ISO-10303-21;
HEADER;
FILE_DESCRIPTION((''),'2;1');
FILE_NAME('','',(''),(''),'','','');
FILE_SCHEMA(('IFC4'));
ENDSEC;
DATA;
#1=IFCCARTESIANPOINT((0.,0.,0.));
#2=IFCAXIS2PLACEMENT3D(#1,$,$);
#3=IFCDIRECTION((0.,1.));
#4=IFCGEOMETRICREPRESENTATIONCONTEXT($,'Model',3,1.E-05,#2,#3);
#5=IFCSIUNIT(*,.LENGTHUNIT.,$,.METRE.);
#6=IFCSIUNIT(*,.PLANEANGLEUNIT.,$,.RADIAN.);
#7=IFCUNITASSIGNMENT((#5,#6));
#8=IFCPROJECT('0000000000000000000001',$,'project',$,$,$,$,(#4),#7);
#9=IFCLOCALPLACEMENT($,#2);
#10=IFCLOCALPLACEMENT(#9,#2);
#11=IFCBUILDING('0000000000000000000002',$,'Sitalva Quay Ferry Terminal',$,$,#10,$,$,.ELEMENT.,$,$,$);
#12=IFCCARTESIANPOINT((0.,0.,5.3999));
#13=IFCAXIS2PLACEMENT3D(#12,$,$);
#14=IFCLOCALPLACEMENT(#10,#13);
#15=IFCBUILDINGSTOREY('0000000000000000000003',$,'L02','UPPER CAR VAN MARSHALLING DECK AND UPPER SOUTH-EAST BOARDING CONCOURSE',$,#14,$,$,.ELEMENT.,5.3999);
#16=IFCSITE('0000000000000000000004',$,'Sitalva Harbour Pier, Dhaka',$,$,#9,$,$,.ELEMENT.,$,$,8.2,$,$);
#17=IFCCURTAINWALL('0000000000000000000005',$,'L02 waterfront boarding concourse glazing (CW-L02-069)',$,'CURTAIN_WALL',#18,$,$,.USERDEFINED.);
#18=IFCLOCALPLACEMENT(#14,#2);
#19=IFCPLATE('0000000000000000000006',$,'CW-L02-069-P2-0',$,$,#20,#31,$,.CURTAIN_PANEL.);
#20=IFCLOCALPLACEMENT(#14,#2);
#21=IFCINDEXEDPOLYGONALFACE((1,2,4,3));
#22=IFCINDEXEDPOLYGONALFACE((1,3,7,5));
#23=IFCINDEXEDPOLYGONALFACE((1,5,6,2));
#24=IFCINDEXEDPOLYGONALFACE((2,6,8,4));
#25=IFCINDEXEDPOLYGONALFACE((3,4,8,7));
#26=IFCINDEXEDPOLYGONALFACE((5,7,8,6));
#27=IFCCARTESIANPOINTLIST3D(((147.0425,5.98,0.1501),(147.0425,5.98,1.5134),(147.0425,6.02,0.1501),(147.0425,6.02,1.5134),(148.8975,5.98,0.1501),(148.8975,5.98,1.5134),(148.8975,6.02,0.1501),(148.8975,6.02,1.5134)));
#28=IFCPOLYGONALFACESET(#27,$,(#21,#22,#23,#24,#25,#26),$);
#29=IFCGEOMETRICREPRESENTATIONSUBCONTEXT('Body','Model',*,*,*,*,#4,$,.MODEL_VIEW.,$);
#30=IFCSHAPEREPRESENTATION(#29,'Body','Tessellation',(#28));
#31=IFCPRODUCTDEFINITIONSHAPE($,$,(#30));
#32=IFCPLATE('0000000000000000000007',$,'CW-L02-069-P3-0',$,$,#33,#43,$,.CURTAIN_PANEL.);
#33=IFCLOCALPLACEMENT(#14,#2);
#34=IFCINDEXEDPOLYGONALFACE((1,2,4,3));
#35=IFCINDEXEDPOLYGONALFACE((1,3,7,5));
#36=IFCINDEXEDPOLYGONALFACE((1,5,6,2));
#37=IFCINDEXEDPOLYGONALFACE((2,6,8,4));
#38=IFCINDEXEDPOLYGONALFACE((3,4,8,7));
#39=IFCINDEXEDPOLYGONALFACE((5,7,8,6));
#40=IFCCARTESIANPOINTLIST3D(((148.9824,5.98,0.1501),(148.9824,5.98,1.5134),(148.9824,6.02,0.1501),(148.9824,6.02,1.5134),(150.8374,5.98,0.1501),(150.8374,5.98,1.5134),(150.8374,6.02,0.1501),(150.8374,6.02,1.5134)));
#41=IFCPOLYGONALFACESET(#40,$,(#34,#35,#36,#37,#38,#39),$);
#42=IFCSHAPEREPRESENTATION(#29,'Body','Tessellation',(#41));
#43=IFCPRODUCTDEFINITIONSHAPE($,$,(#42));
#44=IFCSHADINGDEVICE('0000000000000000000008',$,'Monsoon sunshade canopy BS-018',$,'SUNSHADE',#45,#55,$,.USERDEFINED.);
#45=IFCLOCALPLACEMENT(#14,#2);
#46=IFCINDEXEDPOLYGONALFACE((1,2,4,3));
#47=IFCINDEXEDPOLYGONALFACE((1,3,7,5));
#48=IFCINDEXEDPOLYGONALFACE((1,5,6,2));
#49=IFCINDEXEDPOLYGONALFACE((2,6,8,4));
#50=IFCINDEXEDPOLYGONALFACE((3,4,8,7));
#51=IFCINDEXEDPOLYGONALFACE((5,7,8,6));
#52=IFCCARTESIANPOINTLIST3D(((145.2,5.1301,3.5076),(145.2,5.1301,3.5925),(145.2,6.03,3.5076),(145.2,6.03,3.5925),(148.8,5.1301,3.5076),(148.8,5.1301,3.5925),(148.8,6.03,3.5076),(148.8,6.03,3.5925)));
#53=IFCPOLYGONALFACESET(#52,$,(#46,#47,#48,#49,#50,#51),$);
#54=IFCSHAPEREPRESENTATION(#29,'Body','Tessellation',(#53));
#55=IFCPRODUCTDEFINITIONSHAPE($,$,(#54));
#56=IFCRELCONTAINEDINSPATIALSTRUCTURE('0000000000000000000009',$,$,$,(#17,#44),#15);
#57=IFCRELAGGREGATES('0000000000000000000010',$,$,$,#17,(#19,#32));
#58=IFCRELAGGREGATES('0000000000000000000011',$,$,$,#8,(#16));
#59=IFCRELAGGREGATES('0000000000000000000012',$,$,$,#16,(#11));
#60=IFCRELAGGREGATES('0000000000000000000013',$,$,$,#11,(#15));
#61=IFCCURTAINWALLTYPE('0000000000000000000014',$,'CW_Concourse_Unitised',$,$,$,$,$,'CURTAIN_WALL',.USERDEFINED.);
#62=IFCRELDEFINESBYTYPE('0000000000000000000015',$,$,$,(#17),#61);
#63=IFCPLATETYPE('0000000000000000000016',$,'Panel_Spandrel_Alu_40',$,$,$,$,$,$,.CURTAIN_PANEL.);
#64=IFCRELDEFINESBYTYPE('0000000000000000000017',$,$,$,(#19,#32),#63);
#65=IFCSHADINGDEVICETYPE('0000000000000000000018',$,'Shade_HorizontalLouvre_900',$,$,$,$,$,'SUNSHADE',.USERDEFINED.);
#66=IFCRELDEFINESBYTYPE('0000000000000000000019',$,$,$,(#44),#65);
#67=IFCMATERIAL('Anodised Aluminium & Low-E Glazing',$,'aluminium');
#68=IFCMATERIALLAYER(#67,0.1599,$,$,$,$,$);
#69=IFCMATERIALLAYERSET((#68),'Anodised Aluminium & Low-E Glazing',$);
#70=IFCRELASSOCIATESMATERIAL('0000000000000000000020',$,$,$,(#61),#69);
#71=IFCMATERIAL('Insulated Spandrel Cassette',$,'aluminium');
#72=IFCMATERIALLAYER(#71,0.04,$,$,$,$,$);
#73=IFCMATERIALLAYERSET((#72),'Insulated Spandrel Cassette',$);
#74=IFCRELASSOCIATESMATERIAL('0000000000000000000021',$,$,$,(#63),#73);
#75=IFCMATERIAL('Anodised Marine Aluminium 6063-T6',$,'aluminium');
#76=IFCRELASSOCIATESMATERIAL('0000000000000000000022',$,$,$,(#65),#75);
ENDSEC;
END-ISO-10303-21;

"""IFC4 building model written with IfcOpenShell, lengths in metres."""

from ifc_helpers import new_model, si_unit, direction, frame, origin, origin_2d, place, context, subcontext, project, spatial, rectangle, extrude, material, layer, layer_set, type_object, element, aggregate, save


model = new_model("IFC4")

# Units and contexts
model_context = context("Model", 3, precision=1e-05, world=origin(), true_north=direction((0.0, 1.0)))
body_context = subcontext(model_context, "Body", "Model", "MODEL_VIEW")
ifc_project = project(units=[si_unit("LENGTHUNIT", "METRE"), si_unit("PLANEANGLEUNIT", "RADIAN")], contexts=[model_context])

# Site, building, storey
site_placement = place(None, origin())
site = spatial("IfcSite", under=ifc_project, at=site_placement, Name="Sitalva Harbour Pier, Dhaka", CompositionType="ELEMENT", RefElevation=8.2)
building_placement = place(site_placement, origin())
building = spatial("IfcBuilding", under=site, at=building_placement, Name="Sitalva Quay Ferry Terminal", CompositionType="ELEMENT")
storey_placement = place(building_placement, frame((0.0, 0.0, 5.3999)))
storey = spatial("IfcBuildingStorey", under=building, at=storey_placement, Name="L02", Description="UPPER CAR VAN MARSHALLING DECK AND UPPER SOUTH-EAST BOARDING CONCOURSE", CompositionType="ELEMENT", Elevation=5.3999)

# Curtain wall
ifc_material_1 = material(Name="Anodised Aluminium & Low-E Glazing", Category="aluminium")
ifc_layer_1 = layer(ifc_material_1, 0.1599)
ifc_layer_set_1 = layer_set([ifc_layer_1], Name="Anodised Aluminium & Low-E Glazing")
curtain_wall_type = type_object("IfcCurtainWallType", Name="CW_Concourse_Unitised", ElementType="CURTAIN_WALL", PredefinedType="USERDEFINED", material=ifc_layer_set_1)
curtain_wall_1_placement = place(storey_placement, origin())
curtain_wall_1 = element("IfcCurtainWall", 1, at=curtain_wall_1_placement, inside=storey, type_object=curtain_wall_type, Name="L02 waterfront boarding concourse glazing (CW-L02-069)", ObjectType="CURTAIN_WALL", PredefinedType="USERDEFINED")

# Plates
ifc_material_2 = material(Name="Insulated Spandrel Cassette", Category="aluminium")
ifc_layer_2 = layer(ifc_material_2, 0.04)
ifc_layer_set_2 = layer_set([ifc_layer_2], Name="Insulated Spandrel Cassette")
plate_type_1 = type_object("IfcPlateType", Name="Panel_Spandrel_Alu_40", PredefinedType="CURTAIN_PANEL", material=ifc_layer_set_2)
plate_1_placement = place(storey_placement, frame((147.97, 6.0, 0.1501), z_axis=(0.0, 0.0, 1.0), x_axis=(1.0, 0.0, 0.0)))
plate_1 = element("IfcPlate", 2, at=plate_1_placement, type_object=plate_type_1, Name="CW-L02-069-P2-0", PredefinedType="CURTAIN_PANEL", context=body_context, shape_type="SweptSolid", body=[
    extrude(rectangle(XDim=1.855, YDim=0.04, at=origin_2d()), origin(), (0.0, 0.0, 1.0), 1.3633),
])
plate_2_placement = place(storey_placement, frame((149.9099, 6.0, 0.1501), z_axis=(0.0, 0.0, 1.0), x_axis=(1.0, 0.0, 0.0)))
plate_2 = element("IfcPlate", 3, at=plate_2_placement, type_object=plate_type_1, Name="CW-L02-069-P3-0", PredefinedType="CURTAIN_PANEL", context=body_context, shape_type="SweptSolid", body=[
    extrude(rectangle(XDim=1.855, YDim=0.04, at=origin_2d()), origin(), (0.0, 0.0, 1.0), 1.3633),
])
aggregate(curtain_wall_1, [plate_1, plate_2])

# Shading device
ifc_material_3 = material(Name="Anodised Marine Aluminium 6063-T6", Category="aluminium")
shading_device_type = type_object("IfcShadingDeviceType", Name="Shade_HorizontalLouvre_900", ElementType="SUNSHADE", PredefinedType="USERDEFINED", material=ifc_material_3)
shading_device_placement = place(storey_placement, frame((147.0, 5.5801, 3.5076), z_axis=(0.0, 0.0, 1.0), x_axis=(1.0, 0.0, 0.0)))
element("IfcShadingDevice", 4, at=shading_device_placement, inside=storey, type_object=shading_device_type, Name="Monsoon sunshade canopy BS-018", ObjectType="SUNSHADE", PredefinedType="USERDEFINED", context=body_context, shape_type="SweptSolid", body=[
    extrude(rectangle(XDim=3.6001, YDim=0.8999, at=origin_2d()), origin(), (0.0, 0.0, 1.0), 0.085),
])

save(model, "model.ifc")
